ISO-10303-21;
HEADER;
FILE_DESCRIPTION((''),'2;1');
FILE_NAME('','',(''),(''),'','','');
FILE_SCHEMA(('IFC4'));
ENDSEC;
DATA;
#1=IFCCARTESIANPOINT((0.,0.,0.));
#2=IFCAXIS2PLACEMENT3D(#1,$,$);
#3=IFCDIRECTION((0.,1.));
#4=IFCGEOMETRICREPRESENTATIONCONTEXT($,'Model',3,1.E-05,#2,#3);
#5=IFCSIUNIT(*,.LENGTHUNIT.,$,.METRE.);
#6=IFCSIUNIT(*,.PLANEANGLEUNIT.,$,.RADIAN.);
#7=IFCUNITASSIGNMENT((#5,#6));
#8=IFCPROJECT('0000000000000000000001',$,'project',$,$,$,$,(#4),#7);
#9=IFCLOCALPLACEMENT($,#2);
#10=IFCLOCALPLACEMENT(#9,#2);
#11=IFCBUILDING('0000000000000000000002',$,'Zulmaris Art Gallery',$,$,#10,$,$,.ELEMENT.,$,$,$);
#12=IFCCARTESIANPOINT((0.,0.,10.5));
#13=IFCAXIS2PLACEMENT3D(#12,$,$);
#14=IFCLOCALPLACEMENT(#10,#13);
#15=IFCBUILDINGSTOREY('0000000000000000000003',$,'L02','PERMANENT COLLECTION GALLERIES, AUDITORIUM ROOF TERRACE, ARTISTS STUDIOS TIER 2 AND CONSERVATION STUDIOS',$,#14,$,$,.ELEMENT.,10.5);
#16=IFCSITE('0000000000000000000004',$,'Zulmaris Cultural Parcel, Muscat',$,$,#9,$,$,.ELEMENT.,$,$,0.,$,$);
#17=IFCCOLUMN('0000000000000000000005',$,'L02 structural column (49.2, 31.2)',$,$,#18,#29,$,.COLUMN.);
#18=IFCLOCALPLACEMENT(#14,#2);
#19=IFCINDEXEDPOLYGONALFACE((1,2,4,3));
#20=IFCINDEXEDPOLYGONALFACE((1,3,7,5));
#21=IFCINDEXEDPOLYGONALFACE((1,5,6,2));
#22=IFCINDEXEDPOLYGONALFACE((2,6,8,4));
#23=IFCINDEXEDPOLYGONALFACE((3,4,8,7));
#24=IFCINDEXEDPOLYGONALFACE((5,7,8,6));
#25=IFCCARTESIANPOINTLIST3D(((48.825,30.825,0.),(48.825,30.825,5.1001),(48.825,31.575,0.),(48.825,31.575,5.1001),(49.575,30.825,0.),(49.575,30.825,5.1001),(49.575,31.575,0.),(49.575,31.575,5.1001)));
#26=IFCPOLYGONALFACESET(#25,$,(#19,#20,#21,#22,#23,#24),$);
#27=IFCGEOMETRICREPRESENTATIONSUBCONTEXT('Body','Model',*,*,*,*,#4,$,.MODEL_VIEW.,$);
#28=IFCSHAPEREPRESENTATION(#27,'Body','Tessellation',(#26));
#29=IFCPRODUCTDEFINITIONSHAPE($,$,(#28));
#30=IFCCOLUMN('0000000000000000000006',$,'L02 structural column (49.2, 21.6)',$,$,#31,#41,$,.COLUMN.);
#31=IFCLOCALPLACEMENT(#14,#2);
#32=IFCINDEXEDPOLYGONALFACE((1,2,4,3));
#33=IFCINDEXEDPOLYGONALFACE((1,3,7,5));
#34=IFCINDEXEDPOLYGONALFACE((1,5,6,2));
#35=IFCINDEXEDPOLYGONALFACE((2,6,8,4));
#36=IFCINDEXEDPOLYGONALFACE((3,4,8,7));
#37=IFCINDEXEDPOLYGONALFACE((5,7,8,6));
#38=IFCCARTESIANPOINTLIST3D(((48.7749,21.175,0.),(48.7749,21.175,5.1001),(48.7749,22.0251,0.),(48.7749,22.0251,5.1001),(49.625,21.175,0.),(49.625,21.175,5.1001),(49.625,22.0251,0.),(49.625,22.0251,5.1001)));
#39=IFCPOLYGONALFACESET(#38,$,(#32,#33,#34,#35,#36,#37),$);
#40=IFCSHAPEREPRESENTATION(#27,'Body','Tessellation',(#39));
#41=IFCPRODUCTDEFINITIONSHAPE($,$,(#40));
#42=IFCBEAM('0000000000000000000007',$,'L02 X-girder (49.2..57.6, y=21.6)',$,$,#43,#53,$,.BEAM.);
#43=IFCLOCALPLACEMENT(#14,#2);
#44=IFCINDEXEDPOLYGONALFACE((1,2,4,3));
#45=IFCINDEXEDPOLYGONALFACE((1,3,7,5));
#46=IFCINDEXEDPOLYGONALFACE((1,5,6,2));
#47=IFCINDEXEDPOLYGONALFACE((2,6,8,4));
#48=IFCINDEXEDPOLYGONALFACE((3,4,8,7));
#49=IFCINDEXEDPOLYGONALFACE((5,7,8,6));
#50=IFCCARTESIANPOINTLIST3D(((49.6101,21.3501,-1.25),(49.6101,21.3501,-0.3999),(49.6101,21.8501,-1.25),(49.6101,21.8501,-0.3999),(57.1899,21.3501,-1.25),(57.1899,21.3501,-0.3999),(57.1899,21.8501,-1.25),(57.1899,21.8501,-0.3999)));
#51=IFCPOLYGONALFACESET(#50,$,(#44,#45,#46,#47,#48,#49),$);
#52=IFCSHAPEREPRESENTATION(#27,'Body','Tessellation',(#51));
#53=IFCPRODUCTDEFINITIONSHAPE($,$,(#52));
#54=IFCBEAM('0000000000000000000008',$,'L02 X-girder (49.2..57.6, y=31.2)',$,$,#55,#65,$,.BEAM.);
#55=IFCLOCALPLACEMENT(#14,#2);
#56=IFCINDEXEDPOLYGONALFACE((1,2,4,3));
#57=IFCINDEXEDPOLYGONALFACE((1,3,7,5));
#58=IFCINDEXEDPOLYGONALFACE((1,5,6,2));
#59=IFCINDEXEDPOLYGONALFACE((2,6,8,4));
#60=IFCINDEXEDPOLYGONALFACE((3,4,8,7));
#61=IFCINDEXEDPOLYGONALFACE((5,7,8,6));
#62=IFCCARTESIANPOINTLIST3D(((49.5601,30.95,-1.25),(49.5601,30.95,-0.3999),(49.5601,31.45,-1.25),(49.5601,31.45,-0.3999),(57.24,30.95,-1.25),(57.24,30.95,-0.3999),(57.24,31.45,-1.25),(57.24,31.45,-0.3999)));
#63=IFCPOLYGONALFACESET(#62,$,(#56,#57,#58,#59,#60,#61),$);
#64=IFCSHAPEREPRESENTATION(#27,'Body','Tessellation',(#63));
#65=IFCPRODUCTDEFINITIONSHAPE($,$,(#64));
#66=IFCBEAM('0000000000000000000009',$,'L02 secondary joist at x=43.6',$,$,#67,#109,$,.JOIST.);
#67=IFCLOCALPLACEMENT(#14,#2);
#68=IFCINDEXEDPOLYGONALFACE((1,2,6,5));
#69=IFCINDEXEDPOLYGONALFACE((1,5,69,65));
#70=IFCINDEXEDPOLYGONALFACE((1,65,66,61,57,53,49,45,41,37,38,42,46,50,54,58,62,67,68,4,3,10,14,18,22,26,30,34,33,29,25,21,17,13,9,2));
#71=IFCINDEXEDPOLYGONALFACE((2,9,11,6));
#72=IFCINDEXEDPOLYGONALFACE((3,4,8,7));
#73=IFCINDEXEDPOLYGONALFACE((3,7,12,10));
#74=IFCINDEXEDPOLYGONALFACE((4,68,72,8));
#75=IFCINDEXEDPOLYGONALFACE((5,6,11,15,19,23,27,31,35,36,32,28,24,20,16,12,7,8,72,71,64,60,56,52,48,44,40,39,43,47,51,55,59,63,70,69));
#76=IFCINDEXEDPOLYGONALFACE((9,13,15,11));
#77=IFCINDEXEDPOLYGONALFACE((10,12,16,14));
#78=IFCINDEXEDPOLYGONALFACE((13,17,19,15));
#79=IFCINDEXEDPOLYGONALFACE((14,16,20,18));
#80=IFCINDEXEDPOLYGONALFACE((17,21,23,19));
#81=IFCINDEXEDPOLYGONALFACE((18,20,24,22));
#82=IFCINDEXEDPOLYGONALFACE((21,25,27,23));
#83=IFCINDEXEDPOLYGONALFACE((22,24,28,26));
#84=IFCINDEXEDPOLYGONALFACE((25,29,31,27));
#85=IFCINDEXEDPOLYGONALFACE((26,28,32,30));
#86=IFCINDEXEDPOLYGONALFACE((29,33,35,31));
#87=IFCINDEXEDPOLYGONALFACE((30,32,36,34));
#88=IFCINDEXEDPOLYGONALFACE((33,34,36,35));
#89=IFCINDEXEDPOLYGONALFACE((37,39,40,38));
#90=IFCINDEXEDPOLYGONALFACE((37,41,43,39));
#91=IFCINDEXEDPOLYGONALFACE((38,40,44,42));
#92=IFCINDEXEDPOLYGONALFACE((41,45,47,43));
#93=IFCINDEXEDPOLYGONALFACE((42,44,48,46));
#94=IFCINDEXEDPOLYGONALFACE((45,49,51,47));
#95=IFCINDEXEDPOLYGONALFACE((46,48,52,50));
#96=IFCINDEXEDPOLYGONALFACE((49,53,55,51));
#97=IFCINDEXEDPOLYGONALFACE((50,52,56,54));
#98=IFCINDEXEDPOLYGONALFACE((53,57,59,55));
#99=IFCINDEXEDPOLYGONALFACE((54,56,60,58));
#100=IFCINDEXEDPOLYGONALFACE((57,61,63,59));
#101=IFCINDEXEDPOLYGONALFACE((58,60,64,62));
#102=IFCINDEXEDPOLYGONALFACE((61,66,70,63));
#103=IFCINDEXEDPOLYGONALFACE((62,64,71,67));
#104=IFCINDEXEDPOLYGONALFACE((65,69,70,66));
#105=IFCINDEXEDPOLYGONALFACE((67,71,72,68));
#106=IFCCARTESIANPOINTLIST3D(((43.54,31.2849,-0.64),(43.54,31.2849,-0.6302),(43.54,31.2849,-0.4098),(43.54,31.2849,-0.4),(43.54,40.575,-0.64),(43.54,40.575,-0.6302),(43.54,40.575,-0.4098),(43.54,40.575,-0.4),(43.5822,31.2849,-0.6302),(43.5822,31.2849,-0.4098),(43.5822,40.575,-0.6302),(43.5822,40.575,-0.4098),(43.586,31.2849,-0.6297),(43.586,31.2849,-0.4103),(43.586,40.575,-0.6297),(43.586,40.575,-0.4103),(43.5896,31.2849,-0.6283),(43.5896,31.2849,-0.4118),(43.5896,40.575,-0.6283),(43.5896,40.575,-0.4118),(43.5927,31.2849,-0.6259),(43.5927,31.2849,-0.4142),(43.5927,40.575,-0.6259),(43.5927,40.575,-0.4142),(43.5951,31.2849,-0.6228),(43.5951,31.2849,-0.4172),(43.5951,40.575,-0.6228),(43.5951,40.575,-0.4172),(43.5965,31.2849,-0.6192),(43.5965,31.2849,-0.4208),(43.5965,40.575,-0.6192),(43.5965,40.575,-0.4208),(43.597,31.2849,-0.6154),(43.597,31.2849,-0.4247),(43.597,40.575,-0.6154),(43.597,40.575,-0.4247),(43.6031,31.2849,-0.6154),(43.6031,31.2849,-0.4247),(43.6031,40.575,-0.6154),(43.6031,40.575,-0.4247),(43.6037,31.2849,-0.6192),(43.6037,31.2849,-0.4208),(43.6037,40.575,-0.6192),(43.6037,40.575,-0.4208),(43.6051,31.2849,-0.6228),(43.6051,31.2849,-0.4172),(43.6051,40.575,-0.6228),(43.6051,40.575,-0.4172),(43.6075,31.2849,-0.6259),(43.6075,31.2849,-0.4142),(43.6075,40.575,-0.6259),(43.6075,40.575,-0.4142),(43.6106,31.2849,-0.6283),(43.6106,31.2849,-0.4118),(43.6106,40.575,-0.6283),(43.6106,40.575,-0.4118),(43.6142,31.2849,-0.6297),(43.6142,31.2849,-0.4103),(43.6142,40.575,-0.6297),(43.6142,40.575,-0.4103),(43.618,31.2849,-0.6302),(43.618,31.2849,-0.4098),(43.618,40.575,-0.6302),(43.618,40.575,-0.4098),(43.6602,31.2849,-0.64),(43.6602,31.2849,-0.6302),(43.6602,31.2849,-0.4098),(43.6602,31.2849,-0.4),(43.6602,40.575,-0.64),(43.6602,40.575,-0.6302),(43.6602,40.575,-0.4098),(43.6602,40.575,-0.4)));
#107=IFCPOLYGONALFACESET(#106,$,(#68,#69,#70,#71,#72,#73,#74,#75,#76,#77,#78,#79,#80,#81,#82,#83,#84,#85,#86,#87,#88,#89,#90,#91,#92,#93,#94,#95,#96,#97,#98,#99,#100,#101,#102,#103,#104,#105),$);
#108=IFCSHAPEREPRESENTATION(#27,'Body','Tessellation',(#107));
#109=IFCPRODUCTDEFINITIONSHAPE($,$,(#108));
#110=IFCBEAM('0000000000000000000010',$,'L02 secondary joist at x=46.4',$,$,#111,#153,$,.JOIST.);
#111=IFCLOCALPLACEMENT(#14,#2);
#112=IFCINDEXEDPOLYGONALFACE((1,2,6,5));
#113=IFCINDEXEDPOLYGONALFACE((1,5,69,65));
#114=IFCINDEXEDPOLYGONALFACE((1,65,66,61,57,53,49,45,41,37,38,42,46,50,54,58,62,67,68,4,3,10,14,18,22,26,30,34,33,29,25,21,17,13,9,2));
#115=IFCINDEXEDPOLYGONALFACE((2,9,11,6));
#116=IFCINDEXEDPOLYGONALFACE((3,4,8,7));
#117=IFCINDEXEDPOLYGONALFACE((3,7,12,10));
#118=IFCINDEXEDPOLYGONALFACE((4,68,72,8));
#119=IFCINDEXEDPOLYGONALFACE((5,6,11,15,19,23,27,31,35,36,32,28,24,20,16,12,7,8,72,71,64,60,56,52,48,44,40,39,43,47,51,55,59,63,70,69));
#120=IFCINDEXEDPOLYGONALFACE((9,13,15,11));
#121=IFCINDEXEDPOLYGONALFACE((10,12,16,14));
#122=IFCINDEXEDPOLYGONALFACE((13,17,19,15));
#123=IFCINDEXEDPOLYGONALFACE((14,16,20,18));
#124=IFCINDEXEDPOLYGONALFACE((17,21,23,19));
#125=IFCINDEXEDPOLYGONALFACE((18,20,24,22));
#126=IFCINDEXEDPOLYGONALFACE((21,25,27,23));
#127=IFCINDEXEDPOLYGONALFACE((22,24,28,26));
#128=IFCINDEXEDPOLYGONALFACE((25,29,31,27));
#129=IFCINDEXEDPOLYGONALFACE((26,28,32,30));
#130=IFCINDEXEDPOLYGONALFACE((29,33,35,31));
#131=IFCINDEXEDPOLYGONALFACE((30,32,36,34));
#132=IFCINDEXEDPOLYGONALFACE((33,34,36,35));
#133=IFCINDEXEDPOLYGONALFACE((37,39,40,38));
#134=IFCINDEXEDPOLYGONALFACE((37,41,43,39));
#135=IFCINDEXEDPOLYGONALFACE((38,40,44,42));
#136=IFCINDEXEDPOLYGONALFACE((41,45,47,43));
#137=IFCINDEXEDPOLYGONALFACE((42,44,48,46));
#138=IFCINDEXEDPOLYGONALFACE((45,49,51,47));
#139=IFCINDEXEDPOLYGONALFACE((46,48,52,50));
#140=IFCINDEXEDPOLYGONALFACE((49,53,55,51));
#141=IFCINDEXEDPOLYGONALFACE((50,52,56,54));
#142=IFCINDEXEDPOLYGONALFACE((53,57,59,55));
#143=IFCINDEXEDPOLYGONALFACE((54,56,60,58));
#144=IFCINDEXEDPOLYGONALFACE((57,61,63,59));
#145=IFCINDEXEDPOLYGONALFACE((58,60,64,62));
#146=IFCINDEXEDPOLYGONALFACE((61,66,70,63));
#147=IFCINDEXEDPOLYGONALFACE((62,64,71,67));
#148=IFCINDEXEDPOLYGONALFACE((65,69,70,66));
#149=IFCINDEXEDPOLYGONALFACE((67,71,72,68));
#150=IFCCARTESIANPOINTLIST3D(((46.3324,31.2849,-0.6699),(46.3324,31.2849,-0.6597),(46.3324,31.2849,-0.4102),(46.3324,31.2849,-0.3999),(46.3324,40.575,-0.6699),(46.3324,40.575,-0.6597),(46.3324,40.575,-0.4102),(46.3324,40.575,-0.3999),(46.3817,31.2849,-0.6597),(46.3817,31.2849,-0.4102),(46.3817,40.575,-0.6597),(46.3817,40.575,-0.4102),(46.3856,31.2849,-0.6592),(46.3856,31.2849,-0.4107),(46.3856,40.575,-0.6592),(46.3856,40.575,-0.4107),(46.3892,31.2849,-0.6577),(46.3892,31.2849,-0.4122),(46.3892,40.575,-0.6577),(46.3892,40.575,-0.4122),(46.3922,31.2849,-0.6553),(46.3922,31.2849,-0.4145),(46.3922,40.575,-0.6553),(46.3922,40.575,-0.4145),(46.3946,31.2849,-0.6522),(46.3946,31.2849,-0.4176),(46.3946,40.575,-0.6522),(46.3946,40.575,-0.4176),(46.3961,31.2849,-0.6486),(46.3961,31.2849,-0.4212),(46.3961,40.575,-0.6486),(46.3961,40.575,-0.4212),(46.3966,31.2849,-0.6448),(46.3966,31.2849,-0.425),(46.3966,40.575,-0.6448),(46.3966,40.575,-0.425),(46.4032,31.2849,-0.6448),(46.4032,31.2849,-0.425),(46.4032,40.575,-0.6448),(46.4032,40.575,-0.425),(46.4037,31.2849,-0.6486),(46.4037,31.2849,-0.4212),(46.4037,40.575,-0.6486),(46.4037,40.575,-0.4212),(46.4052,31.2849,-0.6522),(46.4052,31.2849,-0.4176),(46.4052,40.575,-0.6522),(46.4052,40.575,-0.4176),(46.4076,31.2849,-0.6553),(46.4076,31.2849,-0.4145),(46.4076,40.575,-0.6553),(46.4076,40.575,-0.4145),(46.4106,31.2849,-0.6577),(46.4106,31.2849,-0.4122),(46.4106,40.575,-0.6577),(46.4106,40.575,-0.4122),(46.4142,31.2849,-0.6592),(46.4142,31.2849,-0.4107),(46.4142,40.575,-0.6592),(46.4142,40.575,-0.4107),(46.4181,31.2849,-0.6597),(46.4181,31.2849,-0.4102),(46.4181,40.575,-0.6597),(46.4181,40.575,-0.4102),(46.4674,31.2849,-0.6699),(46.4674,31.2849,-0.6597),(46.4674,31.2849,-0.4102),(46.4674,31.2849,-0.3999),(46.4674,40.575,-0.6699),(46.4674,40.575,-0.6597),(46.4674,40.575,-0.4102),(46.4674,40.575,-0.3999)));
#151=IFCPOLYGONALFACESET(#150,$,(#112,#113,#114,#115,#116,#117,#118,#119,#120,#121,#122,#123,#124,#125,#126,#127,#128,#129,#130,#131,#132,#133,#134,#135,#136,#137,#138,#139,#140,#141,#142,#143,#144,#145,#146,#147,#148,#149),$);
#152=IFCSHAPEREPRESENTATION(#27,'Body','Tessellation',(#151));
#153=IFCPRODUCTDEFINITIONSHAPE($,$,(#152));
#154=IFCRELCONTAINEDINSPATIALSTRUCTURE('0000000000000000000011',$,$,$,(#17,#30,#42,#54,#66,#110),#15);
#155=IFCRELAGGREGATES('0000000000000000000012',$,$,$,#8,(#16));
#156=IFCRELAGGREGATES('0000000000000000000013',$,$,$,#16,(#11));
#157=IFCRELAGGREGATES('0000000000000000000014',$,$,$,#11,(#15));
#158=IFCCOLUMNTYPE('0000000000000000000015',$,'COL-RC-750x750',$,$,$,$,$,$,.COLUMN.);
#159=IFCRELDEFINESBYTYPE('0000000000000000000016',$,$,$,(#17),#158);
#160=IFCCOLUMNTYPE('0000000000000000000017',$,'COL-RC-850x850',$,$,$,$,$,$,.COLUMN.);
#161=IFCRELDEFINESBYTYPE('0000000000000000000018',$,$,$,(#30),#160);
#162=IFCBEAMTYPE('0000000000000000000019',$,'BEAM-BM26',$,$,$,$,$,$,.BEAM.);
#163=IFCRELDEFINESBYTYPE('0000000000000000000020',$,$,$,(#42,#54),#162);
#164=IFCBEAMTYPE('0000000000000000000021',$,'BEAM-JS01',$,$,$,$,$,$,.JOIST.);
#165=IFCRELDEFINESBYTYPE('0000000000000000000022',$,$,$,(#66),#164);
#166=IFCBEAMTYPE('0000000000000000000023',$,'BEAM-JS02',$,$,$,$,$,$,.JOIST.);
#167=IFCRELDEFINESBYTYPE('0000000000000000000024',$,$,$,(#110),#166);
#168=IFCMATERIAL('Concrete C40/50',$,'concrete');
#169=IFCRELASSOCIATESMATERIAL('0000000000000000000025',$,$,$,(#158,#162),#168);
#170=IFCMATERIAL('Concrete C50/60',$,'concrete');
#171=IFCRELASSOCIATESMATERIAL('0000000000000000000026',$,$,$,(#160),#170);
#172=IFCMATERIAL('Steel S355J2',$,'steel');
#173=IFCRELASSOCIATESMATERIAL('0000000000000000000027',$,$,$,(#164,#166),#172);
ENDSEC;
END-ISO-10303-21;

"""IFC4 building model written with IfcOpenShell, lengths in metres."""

from ifc_helpers import new_model, si_unit, direction, frame, origin, origin_2d, place, context, subcontext, project, spatial, rectangle, i_section, extrude, material, material_profile, profile_set, type_object, element, save


model = new_model("IFC4")

# Units and contexts
model_context = context("Model", 3, precision=1e-05, world=origin(), true_north=direction((0.0, 1.0)))
body_context = subcontext(model_context, "Body", "Model", "MODEL_VIEW")
ifc_project = project(units=[si_unit("LENGTHUNIT", "METRE"), si_unit("PLANEANGLEUNIT", "RADIAN")], contexts=[model_context])

# Site, building, storey
site_placement = place(None, origin())
site = spatial("IfcSite", under=ifc_project, at=site_placement, Name="Zulmaris Cultural Parcel, Muscat", CompositionType="ELEMENT", RefElevation=0.0)
building_placement = place(site_placement, origin())
building = spatial("IfcBuilding", under=site, at=building_placement, Name="Zulmaris Art Gallery", CompositionType="ELEMENT")
storey_placement = place(building_placement, frame((0.0, 0.0, 10.5)))
storey = spatial("IfcBuildingStorey", under=building, at=storey_placement, Name="L02", Description="PERMANENT COLLECTION GALLERIES, AUDITORIUM ROOF TERRACE, ARTISTS STUDIOS TIER 2 AND CONSERVATION STUDIOS", CompositionType="ELEMENT", Elevation=10.5)

# Columns
ifc_material_1 = material(Name="Concrete C40/50", Category="concrete")
ifc_material_profile_1 = material_profile(ifc_material_1, rectangle(XDim=0.75, YDim=0.75, at=origin_2d()), Name="RC 750x750")
ifc_profile_set_1 = profile_set([ifc_material_profile_1], Name="Concrete C40/50")
column_type_1 = type_object("IfcColumnType", Name="COL-RC-750x750", PredefinedType="COLUMN", material=ifc_profile_set_1)
column_1_placement = place(storey_placement, frame((49.2, 31.2, 0.0), z_axis=(0.0, 0.0, 1.0), x_axis=(1.0, 0.0, 0.0)))
element("IfcColumn", 1, at=column_1_placement, inside=storey, type_object=column_type_1, Name="L02 structural column (49.2, 31.2)", PredefinedType="COLUMN", context=body_context, shape_type="SweptSolid", body=[
    extrude(rectangle(XDim=0.75, YDim=0.75, at=origin_2d()), origin(), (0.0, 0.0, 1.0), 5.1001),
])
ifc_material_2 = material(Name="Concrete C50/60", Category="concrete")
ifc_material_profile_2 = material_profile(ifc_material_2, rectangle(XDim=0.8501, YDim=0.8501, at=origin_2d()), Name="RC 850x850")
ifc_profile_set_2 = profile_set([ifc_material_profile_2], Name="Concrete C50/60")
column_type_2 = type_object("IfcColumnType", Name="COL-RC-850x850", PredefinedType="COLUMN", material=ifc_profile_set_2)
column_2_placement = place(storey_placement, frame((49.2, 21.6001, 0.0), z_axis=(0.0, 0.0, 1.0), x_axis=(1.0, 0.0, 0.0)))
element("IfcColumn", 2, at=column_2_placement, inside=storey, type_object=column_type_2, Name="L02 structural column (49.2, 21.6)", PredefinedType="COLUMN", context=body_context, shape_type="SweptSolid", body=[
    extrude(rectangle(XDim=0.8501, YDim=0.8501, at=origin_2d()), origin(), (0.0, 0.0, 1.0), 5.1001),
])

# Beams
ifc_material_profile_3 = material_profile(ifc_material_1, rectangle(XDim=0.5, YDim=0.8501, at=origin_2d()), Name="RC 500x850")
ifc_profile_set_3 = profile_set([ifc_material_profile_3], Name="Concrete C40/50")
beam_type_1 = type_object("IfcBeamType", Name="BEAM-BM26", PredefinedType="BEAM", material=ifc_profile_set_3)
beam_1_placement = place(storey_placement, frame((49.6101, 21.6001, -0.825), z_axis=(1.0, 0.0, 0.0), x_axis=(0.0, 1.0, 0.0)))
element("IfcBeam", 3, at=beam_1_placement, inside=storey, type_object=beam_type_1, Name="L02 X-girder (49.2..57.6, y=21.6)", PredefinedType="BEAM", context=body_context, shape_type="SweptSolid", body=[
    extrude(rectangle(XDim=0.5, YDim=0.8501, at=origin_2d()), origin(), (0.0, 0.0, 1.0), 7.5798),
])
beam_2_placement = place(storey_placement, frame((49.5601, 31.2, -0.825), z_axis=(1.0, 0.0, 0.0), x_axis=(0.0, 1.0, 0.0)))
element("IfcBeam", 4, at=beam_2_placement, inside=storey, type_object=beam_type_1, Name="L02 X-girder (49.2..57.6, y=31.2)", PredefinedType="BEAM", context=body_context, shape_type="SweptSolid", body=[
    extrude(rectangle(XDim=0.5, YDim=0.8501, at=origin_2d()), origin(), (0.0, 0.0, 1.0), 7.6799),
])
ifc_material_3 = material(Name="Steel S355J2", Category="steel")
ifc_material_profile_4 = material_profile(ifc_material_3, i_section(OverallWidth=0.1201, OverallDepth=0.24, WebThickness=0.0061, FlangeThickness=0.0098, FilletRadius=0.0149, at=origin_2d()), Name="IPE 240")
ifc_profile_set_4 = profile_set([ifc_material_profile_4], Name="Steel S355J2")
beam_type_2 = type_object("IfcBeamType", Name="BEAM-JS01", PredefinedType="JOIST", material=ifc_profile_set_4)
beam_3_placement = place(storey_placement, frame((43.6001, 31.2849, -0.52), z_axis=(0.0, 1.0, 0.0), x_axis=(-1.0, 0.0, 0.0)))
element("IfcBeam", 5, at=beam_3_placement, inside=storey, type_object=beam_type_2, Name="L02 secondary joist at x=43.6", PredefinedType="JOIST", context=body_context, shape_type="SweptSolid", body=[
    extrude(i_section(OverallWidth=0.1201, OverallDepth=0.24, WebThickness=0.0061, FlangeThickness=0.0098, FilletRadius=0.0149, at=origin_2d()), origin(), (0.0, 0.0, 1.0), 9.29),
])
ifc_material_profile_5 = material_profile(ifc_material_3, i_section(OverallWidth=0.135, OverallDepth=0.27, WebThickness=0.0066, FlangeThickness=0.0103, FilletRadius=0.0149, at=origin_2d()), Name="IPE 270")
ifc_profile_set_5 = profile_set([ifc_material_profile_5], Name="Steel S355J2")
beam_type_3 = type_object("IfcBeamType", Name="BEAM-JS02", PredefinedType="JOIST", material=ifc_profile_set_5)
beam_4_placement = place(storey_placement, frame((46.3999, 31.2849, -0.5349), z_axis=(0.0, 1.0, 0.0), x_axis=(-1.0, 0.0, 0.0)))
element("IfcBeam", 6, at=beam_4_placement, inside=storey, type_object=beam_type_3, Name="L02 secondary joist at x=46.4", PredefinedType="JOIST", context=body_context, shape_type="SweptSolid", body=[
    extrude(i_section(OverallWidth=0.135, OverallDepth=0.27, WebThickness=0.0066, FlangeThickness=0.0103, FilletRadius=0.0149, at=origin_2d()), origin(), (0.0, 0.0, 1.0), 9.29),
])

save(model, "model.ifc")
